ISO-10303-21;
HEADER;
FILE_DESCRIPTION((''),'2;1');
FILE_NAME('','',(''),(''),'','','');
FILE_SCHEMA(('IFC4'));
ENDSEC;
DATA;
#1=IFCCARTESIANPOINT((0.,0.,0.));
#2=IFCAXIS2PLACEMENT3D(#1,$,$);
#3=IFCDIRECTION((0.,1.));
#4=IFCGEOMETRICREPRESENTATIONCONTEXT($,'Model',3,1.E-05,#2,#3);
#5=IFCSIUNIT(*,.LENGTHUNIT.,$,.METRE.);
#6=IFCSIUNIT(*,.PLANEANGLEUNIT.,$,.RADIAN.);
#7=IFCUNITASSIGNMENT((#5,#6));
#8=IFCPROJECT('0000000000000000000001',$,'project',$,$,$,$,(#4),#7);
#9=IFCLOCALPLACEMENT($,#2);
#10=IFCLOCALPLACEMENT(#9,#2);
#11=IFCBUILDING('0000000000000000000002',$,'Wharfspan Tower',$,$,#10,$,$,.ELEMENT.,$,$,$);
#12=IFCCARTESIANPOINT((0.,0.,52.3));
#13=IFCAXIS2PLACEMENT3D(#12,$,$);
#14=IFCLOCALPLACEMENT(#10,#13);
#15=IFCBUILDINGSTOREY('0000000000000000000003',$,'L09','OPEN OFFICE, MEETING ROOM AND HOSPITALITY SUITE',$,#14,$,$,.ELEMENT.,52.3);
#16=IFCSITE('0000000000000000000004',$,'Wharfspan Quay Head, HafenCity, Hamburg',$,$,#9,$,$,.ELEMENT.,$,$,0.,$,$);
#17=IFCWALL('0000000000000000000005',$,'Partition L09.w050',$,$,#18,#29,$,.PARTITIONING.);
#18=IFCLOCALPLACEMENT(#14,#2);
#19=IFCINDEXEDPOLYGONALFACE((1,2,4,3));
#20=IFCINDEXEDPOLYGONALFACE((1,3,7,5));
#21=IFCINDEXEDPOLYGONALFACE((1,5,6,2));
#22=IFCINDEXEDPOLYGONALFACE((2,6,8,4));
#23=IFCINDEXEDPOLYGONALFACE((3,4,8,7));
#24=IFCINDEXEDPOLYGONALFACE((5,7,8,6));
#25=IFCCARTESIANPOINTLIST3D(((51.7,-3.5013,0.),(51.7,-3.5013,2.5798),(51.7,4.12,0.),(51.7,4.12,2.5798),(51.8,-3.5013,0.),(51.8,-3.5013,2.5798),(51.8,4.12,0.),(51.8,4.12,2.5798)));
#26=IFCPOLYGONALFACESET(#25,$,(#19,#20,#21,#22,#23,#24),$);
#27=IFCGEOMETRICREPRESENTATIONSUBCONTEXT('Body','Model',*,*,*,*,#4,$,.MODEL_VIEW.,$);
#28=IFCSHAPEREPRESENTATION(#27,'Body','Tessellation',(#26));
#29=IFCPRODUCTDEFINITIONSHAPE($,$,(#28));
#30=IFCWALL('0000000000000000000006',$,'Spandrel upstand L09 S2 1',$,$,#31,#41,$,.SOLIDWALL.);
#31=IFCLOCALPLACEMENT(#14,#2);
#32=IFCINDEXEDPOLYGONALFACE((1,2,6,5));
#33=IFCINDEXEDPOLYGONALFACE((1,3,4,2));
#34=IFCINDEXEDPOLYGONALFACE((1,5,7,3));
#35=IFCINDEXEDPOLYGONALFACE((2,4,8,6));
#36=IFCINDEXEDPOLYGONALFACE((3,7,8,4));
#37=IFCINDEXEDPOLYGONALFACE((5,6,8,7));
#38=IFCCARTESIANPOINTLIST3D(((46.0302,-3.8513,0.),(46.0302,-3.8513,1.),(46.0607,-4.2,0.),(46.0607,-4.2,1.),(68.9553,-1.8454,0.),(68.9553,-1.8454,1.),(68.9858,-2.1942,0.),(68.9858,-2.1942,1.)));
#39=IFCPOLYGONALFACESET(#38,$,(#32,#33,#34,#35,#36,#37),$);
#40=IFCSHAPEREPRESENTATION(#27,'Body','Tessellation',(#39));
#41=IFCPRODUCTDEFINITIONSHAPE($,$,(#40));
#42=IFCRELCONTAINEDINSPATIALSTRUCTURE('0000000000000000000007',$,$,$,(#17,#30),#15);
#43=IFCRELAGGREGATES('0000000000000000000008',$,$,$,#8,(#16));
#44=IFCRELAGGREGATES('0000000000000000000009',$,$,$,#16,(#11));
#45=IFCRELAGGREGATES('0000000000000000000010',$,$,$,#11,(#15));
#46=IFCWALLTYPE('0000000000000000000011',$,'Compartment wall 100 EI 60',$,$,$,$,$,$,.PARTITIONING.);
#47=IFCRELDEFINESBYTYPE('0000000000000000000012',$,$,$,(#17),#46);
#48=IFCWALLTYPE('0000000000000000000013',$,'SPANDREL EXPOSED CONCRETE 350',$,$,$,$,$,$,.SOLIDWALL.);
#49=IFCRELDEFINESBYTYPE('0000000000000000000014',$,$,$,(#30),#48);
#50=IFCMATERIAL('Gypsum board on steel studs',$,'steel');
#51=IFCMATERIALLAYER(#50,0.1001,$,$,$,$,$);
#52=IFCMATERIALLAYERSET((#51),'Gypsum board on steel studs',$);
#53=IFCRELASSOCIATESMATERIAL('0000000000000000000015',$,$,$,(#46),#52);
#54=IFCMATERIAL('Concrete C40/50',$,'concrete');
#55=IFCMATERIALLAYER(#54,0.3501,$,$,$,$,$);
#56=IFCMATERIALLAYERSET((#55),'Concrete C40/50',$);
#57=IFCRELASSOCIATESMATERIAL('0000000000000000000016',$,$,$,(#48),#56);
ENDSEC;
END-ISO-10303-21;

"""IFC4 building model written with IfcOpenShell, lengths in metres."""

from ifc_helpers import new_model, si_unit, direction, frame, frame_2d, origin, place, context, subcontext, project, spatial, rectangle, extrude, material, layer, layer_set, type_object, element, save


model = new_model("IFC4")

# Units and contexts
model_context = context("Model", 3, precision=1e-05, world=origin(), true_north=direction((0.0, 1.0)))
body_context = subcontext(model_context, "Body", "Model", "MODEL_VIEW")
ifc_project = project(units=[si_unit("LENGTHUNIT", "METRE"), si_unit("PLANEANGLEUNIT", "RADIAN")], contexts=[model_context])

# Site, building, storey
site_placement = place(None, origin())
site = spatial("IfcSite", under=ifc_project, at=site_placement, Name="Wharfspan Quay Head, HafenCity, Hamburg", CompositionType="ELEMENT", RefElevation=0.0)
building_placement = place(site_placement, origin())
building = spatial("IfcBuilding", under=site, at=building_placement, Name="Wharfspan Tower", CompositionType="ELEMENT")
storey_placement = place(building_placement, frame((0.0, 0.0, 52.3)))
storey = spatial("IfcBuildingStorey", under=building, at=storey_placement, Name="L09", Description="OPEN OFFICE, MEETING ROOM AND HOSPITALITY SUITE", CompositionType="ELEMENT", Elevation=52.3)

# Walls
ifc_material_1 = material(Name="Gypsum board on steel studs", Category="steel")
ifc_layer_1 = layer(ifc_material_1, 0.1001)
ifc_layer_set_1 = layer_set([ifc_layer_1], Name="Gypsum board on steel studs")
wall_type_1 = type_object("IfcWallType", Name="Compartment wall 100 EI 60", PredefinedType="PARTITIONING", material=ifc_layer_set_1)
wall_1_placement = place(storey_placement, frame((51.75, -3.5012, 0.0), z_axis=(0.0, 0.0, 1.0), x_axis=(0.0, 1.0, 0.0)))
element("IfcWall", 1, at=wall_1_placement, inside=storey, type_object=wall_type_1, Name="Partition L09.w050", PredefinedType="PARTITIONING", context=body_context, shape_type="SweptSolid", body=[
    extrude(rectangle(XDim=7.6213, YDim=0.1001, at=frame_2d((3.8105, 0.0))), origin(), (0.0, 0.0, 1.0), 2.5798),
])
ifc_material_2 = material(Name="Concrete C40/50", Category="concrete")
ifc_layer_2 = layer(ifc_material_2, 0.3501)
ifc_layer_set_2 = layer_set([ifc_layer_2], Name="Concrete C40/50")
wall_type_2 = type_object("IfcWallType", Name="SPANDREL EXPOSED CONCRETE 350", PredefinedType="SOLIDWALL", material=ifc_layer_set_2)
wall_2_placement = place(storey_placement, frame((46.0454, -4.0256, 0.0), z_axis=(0.0, 0.0, 1.0), x_axis=(0.99619, 0.087163, 0.0)))
element("IfcWall", 2, at=wall_2_placement, inside=storey, type_object=wall_type_2, Name="Spandrel upstand L09 S2 1", PredefinedType="SOLIDWALL", context=body_context, shape_type="SweptSolid", body=[
    extrude(rectangle(XDim=23.0127, YDim=0.3501, at=frame_2d((11.5063, 0.0))), origin(), (0.0, 0.0, 1.0), 1.0),
])

save(model, "model.ifc")
